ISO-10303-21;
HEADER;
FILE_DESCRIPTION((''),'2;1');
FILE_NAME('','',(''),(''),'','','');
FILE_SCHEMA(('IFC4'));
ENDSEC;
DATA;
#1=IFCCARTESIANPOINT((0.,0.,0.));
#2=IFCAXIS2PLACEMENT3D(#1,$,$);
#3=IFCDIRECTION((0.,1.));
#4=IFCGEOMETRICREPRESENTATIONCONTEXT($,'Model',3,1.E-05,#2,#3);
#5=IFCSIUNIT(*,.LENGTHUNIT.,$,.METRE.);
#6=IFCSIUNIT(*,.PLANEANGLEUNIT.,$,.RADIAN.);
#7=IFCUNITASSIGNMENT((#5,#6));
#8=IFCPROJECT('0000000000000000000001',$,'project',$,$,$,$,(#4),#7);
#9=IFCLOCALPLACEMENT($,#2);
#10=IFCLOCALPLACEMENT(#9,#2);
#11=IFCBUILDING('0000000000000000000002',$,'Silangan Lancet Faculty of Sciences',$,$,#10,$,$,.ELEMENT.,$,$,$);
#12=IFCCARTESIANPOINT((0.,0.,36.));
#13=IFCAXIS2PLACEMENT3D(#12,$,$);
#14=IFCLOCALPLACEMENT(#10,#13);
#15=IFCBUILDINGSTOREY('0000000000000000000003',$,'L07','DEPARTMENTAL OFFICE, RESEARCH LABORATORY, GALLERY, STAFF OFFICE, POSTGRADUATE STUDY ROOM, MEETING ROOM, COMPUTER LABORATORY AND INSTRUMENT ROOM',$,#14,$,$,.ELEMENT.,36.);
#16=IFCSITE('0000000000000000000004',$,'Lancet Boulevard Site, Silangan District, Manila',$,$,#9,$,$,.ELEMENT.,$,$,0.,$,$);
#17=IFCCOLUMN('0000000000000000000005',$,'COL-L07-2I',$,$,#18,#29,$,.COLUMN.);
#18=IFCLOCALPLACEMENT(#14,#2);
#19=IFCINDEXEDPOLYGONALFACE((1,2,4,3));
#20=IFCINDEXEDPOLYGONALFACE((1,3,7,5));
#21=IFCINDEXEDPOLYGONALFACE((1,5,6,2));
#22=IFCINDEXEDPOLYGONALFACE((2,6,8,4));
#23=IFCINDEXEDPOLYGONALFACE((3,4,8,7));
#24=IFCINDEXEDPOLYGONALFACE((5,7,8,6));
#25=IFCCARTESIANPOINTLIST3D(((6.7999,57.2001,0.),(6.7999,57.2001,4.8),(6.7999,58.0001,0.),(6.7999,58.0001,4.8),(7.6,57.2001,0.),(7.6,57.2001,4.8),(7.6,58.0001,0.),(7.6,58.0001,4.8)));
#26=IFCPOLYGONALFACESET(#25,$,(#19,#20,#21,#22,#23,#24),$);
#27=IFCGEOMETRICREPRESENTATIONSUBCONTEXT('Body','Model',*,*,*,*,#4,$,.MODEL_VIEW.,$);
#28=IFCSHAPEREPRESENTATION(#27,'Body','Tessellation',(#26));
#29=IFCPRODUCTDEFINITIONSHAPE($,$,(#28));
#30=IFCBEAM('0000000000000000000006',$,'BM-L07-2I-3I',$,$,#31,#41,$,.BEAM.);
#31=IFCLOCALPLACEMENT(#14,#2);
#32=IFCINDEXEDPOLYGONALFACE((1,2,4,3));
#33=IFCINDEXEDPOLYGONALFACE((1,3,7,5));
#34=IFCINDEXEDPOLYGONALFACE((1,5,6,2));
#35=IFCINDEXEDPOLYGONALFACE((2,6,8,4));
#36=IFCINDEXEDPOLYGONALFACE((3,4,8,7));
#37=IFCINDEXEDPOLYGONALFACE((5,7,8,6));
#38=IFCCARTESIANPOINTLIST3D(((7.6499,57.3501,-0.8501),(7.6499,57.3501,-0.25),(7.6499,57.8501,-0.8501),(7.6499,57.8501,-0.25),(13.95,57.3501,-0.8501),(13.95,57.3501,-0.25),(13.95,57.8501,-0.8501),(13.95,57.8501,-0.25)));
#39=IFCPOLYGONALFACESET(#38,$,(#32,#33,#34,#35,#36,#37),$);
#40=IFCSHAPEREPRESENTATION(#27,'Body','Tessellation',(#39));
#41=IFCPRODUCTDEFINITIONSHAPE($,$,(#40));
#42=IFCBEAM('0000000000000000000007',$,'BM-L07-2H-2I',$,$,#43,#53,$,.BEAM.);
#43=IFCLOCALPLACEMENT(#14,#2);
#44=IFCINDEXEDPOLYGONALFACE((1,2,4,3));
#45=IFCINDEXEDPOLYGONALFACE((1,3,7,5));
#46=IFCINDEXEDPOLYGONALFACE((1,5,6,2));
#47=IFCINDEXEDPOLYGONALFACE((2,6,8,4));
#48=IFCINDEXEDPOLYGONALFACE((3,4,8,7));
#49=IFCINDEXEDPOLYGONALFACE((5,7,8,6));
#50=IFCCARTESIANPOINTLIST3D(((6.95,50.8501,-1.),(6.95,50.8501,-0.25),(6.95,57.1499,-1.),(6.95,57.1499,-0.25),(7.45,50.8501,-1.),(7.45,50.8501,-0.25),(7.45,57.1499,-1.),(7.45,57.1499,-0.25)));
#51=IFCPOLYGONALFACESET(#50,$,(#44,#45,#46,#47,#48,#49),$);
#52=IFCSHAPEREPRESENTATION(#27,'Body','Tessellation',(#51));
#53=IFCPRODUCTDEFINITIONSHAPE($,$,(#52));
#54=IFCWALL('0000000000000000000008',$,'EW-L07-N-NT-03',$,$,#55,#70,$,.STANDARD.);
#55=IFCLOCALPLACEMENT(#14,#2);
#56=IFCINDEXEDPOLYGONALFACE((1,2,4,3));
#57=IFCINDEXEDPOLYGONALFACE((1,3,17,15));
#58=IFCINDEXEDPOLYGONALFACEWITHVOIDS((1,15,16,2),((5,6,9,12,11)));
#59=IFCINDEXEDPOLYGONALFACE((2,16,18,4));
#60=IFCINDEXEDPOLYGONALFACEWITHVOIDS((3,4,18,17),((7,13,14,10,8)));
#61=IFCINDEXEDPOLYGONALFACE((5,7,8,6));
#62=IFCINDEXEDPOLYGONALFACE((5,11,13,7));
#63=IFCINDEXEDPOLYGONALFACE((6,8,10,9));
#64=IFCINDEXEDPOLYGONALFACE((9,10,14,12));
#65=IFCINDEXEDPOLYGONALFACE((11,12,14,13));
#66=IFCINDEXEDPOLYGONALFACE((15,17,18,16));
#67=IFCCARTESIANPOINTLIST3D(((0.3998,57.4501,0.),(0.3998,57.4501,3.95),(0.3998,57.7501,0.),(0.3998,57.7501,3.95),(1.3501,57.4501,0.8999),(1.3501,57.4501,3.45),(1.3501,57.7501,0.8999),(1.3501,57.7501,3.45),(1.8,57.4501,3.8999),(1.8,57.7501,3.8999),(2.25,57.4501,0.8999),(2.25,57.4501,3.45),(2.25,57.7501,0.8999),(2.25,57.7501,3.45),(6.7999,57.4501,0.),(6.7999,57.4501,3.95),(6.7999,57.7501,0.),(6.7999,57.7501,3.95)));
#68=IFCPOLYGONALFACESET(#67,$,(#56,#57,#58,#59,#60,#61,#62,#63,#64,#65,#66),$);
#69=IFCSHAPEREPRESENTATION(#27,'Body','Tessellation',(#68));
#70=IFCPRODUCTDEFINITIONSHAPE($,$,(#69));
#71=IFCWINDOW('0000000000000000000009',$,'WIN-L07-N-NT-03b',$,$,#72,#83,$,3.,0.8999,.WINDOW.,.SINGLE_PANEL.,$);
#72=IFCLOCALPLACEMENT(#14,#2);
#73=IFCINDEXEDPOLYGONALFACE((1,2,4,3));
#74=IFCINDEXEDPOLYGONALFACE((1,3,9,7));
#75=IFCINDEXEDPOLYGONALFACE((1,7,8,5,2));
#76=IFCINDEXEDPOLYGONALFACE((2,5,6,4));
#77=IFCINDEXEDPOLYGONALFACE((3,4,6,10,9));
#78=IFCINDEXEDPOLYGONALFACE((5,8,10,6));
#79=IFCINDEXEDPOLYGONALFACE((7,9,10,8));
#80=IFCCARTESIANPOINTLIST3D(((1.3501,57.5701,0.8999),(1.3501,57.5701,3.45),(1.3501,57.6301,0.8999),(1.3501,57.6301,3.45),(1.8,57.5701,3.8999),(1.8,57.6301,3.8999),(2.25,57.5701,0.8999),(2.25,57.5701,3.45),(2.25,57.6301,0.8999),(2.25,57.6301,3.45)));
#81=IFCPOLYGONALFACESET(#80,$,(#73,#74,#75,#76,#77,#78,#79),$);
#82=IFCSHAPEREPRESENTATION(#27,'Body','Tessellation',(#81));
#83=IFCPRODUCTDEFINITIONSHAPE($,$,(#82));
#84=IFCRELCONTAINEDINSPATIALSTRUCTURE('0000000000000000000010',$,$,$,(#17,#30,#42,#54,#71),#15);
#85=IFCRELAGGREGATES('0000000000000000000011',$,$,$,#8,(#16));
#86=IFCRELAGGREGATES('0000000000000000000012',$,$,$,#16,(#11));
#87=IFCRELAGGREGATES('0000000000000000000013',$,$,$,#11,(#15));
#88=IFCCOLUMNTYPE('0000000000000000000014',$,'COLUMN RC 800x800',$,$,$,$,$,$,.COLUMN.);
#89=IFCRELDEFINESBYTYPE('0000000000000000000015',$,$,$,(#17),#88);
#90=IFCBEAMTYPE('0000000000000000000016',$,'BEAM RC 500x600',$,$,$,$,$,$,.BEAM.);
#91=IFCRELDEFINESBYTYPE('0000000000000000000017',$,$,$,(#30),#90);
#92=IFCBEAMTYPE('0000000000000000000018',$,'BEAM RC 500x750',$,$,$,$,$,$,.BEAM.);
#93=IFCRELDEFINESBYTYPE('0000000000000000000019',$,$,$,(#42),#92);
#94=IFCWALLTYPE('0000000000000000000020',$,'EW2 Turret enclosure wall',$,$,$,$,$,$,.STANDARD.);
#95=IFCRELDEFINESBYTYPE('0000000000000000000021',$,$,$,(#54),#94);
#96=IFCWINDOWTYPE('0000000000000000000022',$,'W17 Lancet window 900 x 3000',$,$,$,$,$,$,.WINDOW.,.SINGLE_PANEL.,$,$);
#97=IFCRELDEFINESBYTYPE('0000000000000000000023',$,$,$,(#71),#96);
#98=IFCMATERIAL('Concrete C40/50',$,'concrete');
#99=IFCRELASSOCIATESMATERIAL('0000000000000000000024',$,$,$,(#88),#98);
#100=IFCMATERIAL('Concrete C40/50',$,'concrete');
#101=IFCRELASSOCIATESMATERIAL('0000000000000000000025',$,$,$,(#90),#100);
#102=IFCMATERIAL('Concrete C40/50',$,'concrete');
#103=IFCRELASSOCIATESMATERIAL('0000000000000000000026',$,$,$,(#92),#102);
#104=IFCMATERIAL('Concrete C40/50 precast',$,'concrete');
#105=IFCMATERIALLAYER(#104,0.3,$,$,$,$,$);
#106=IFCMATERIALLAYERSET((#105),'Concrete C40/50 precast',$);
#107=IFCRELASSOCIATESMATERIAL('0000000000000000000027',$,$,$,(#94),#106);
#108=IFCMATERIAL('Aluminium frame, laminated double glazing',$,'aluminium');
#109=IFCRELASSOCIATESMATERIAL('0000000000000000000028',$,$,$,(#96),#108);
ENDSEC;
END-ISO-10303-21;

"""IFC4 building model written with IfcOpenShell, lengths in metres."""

from ifc_helpers import new_model, si_unit, direction, frame, frame_2d, origin, origin_2d, place, context, subcontext, project, spatial, polyline, rectangle, outline, extrude, material, layer, layer_set, material_profile, profile_set, type_object, element, fill, save


model = new_model("IFC4")

# Units and contexts
model_context = context("Model", 3, precision=1e-05, world=origin(), true_north=direction((0.0, 1.0)))
body_context = subcontext(model_context, "Body", "Model", "MODEL_VIEW")
ifc_project = project(units=[si_unit("LENGTHUNIT", "METRE"), si_unit("PLANEANGLEUNIT", "RADIAN")], contexts=[model_context])

# Site, building, storey
site_placement = place(None, origin())
site = spatial("IfcSite", under=ifc_project, at=site_placement, Name="Lancet Boulevard Site, Silangan District, Manila", CompositionType="ELEMENT", RefElevation=0.0)
building_placement = place(site_placement, origin())
building = spatial("IfcBuilding", under=site, at=building_placement, Name="Silangan Lancet Faculty of Sciences", CompositionType="ELEMENT")
storey_placement = place(building_placement, frame((0.0, 0.0, 36.0)))
storey = spatial("IfcBuildingStorey", under=building, at=storey_placement, Name="L07", Description="DEPARTMENTAL OFFICE, RESEARCH LABORATORY, GALLERY, STAFF OFFICE, POSTGRADUATE STUDY ROOM, MEETING ROOM, COMPUTER LABORATORY AND INSTRUMENT ROOM", CompositionType="ELEMENT", Elevation=36.0)

# Column
ifc_material_1 = material(Name="Concrete C40/50", Category="concrete")
ifc_material_profile_1 = material_profile(ifc_material_1, rectangle(XDim=0.8, YDim=0.8, at=origin_2d()), Name="RC 800x800")
ifc_profile_set_1 = profile_set([ifc_material_profile_1], Name="Concrete C40/50")
column_type = type_object("IfcColumnType", Name="COLUMN RC 800x800", PredefinedType="COLUMN", material=ifc_profile_set_1)
column_placement = place(storey_placement, frame((7.2, 57.6001, 0.0), z_axis=(0.0, 0.0, 1.0), x_axis=(1.0, 0.0, 0.0)))
element("IfcColumn", 1, at=column_placement, inside=storey, type_object=column_type, Name="COL-L07-2I", PredefinedType="COLUMN", context=body_context, shape_type="SweptSolid", body=[
    extrude(rectangle(XDim=0.8, YDim=0.8, at=origin_2d()), origin(), (0.0, 0.0, 1.0), 4.8),
])

# Beams
ifc_material_2 = material(Name="Concrete C40/50", Category="concrete")
ifc_material_profile_2 = material_profile(ifc_material_2, rectangle(XDim=0.5, YDim=0.6001, at=origin_2d()), Name="RC 500x600")
ifc_profile_set_2 = profile_set([ifc_material_profile_2], Name="Concrete C40/50")
beam_type_1 = type_object("IfcBeamType", Name="BEAM RC 500x600", PredefinedType="BEAM", material=ifc_profile_set_2)
beam_1_placement = place(storey_placement, frame((7.6499, 57.6001, -0.55), z_axis=(1.0, 0.0, 0.0), x_axis=(0.0, 1.0, 0.0)))
element("IfcBeam", 2, at=beam_1_placement, inside=storey, type_object=beam_type_1, Name="BM-L07-2I-3I", PredefinedType="BEAM", context=body_context, shape_type="SweptSolid", body=[
    extrude(rectangle(XDim=0.5, YDim=0.6001, at=origin_2d()), origin(), (0.0, 0.0, 1.0), 6.3),
])
ifc_material_3 = material(Name="Concrete C40/50", Category="concrete")
ifc_material_profile_3 = material_profile(ifc_material_3, rectangle(XDim=0.5, YDim=0.75, at=origin_2d()), Name="RC 500x750")
ifc_profile_set_3 = profile_set([ifc_material_profile_3], Name="Concrete C40/50")
beam_type_2 = type_object("IfcBeamType", Name="BEAM RC 500x750", PredefinedType="BEAM", material=ifc_profile_set_3)
beam_2_placement = place(storey_placement, frame((7.2, 50.8501, -0.625), z_axis=(0.0, 1.0, 0.0), x_axis=(-1.0, 0.0, 0.0)))
element("IfcBeam", 3, at=beam_2_placement, inside=storey, type_object=beam_type_2, Name="BM-L07-2H-2I", PredefinedType="BEAM", context=body_context, shape_type="SweptSolid", body=[
    extrude(rectangle(XDim=0.5, YDim=0.75, at=origin_2d()), origin(), (0.0, 0.0, 1.0), 6.2998),
])

# Wall, opening, window
ifc_material_4 = material(Name="Concrete C40/50 precast", Category="concrete")
ifc_layer_1 = layer(ifc_material_4, 0.3)
ifc_layer_set_1 = layer_set([ifc_layer_1], Name="Concrete C40/50 precast")
wall_type_1 = type_object("IfcWallType", Name="EW2 Turret enclosure wall", PredefinedType="STANDARD", material=ifc_layer_set_1)
wall_1_placement = place(storey_placement, frame((6.8, 57.6001, 0.0), z_axis=(0.0, 0.0, 1.0), x_axis=(-1.0, 0.0, 0.0)))
wall_1 = element("IfcWall", 4, at=wall_1_placement, inside=storey, type_object=wall_type_1, Name="EW-L07-N-NT-03", PredefinedType="STANDARD", context=body_context, shape_type="SweptSolid", body=[
    extrude(rectangle(XDim=6.4001, YDim=0.3, at=frame_2d((3.2002, 0.0))), origin(), (0.0, 0.0, 1.0), 3.95),
])
opening_1_placement = place(wall_1_placement, frame((4.55, 0.0, 0.8999)))
opening_1 = element("IfcOpeningElement", 5, at=opening_1_placement, cuts=wall_1, PredefinedType="OPENING", context=body_context, shape_type="SweptSolid", body=[
    extrude(outline(polyline([(0.0, 0.0), (0.8999, 0.0), (0.8999, 2.55), (0.45, 3.0), (0.0, 2.55), (0.0, 0.0)])), frame((0.0, 0.1599, 0.0), z_axis=(0.0, -1.0, 0.0), x_axis=(1.0, 0.0, 0.0)), (0.0, 0.0, 1.0), 0.3201),
])
ifc_material_5 = material(Name="Aluminium frame, laminated double glazing", Category="aluminium")
window_type = type_object("IfcWindowType", Name="W17 Lancet window 900 x 3000", PartitioningType="SINGLE_PANEL", PredefinedType="WINDOW", material=ifc_material_5)
window_placement = place(opening_1_placement, origin())
window = element("IfcWindow", 6, at=window_placement, inside=storey, type_object=window_type, Name="WIN-L07-N-NT-03b", OverallHeight=3.0, OverallWidth=0.8999, PartitioningType="SINGLE_PANEL", PredefinedType="WINDOW", context=body_context, shape_type="SweptSolid", body=[
    extrude(outline(polyline([(0.0, 0.0), (0.8999, 0.0), (0.8999, 2.55), (0.45, 3.0), (0.0, 2.55), (0.0, 0.0)])), frame((0.0, 0.03, 0.0), z_axis=(0.0, -1.0, 0.0), x_axis=(1.0, 0.0, 0.0)), (0.0, 0.0, 1.0), 0.0601),
])
fill(opening_1, window)

save(model, "model.ifc")
